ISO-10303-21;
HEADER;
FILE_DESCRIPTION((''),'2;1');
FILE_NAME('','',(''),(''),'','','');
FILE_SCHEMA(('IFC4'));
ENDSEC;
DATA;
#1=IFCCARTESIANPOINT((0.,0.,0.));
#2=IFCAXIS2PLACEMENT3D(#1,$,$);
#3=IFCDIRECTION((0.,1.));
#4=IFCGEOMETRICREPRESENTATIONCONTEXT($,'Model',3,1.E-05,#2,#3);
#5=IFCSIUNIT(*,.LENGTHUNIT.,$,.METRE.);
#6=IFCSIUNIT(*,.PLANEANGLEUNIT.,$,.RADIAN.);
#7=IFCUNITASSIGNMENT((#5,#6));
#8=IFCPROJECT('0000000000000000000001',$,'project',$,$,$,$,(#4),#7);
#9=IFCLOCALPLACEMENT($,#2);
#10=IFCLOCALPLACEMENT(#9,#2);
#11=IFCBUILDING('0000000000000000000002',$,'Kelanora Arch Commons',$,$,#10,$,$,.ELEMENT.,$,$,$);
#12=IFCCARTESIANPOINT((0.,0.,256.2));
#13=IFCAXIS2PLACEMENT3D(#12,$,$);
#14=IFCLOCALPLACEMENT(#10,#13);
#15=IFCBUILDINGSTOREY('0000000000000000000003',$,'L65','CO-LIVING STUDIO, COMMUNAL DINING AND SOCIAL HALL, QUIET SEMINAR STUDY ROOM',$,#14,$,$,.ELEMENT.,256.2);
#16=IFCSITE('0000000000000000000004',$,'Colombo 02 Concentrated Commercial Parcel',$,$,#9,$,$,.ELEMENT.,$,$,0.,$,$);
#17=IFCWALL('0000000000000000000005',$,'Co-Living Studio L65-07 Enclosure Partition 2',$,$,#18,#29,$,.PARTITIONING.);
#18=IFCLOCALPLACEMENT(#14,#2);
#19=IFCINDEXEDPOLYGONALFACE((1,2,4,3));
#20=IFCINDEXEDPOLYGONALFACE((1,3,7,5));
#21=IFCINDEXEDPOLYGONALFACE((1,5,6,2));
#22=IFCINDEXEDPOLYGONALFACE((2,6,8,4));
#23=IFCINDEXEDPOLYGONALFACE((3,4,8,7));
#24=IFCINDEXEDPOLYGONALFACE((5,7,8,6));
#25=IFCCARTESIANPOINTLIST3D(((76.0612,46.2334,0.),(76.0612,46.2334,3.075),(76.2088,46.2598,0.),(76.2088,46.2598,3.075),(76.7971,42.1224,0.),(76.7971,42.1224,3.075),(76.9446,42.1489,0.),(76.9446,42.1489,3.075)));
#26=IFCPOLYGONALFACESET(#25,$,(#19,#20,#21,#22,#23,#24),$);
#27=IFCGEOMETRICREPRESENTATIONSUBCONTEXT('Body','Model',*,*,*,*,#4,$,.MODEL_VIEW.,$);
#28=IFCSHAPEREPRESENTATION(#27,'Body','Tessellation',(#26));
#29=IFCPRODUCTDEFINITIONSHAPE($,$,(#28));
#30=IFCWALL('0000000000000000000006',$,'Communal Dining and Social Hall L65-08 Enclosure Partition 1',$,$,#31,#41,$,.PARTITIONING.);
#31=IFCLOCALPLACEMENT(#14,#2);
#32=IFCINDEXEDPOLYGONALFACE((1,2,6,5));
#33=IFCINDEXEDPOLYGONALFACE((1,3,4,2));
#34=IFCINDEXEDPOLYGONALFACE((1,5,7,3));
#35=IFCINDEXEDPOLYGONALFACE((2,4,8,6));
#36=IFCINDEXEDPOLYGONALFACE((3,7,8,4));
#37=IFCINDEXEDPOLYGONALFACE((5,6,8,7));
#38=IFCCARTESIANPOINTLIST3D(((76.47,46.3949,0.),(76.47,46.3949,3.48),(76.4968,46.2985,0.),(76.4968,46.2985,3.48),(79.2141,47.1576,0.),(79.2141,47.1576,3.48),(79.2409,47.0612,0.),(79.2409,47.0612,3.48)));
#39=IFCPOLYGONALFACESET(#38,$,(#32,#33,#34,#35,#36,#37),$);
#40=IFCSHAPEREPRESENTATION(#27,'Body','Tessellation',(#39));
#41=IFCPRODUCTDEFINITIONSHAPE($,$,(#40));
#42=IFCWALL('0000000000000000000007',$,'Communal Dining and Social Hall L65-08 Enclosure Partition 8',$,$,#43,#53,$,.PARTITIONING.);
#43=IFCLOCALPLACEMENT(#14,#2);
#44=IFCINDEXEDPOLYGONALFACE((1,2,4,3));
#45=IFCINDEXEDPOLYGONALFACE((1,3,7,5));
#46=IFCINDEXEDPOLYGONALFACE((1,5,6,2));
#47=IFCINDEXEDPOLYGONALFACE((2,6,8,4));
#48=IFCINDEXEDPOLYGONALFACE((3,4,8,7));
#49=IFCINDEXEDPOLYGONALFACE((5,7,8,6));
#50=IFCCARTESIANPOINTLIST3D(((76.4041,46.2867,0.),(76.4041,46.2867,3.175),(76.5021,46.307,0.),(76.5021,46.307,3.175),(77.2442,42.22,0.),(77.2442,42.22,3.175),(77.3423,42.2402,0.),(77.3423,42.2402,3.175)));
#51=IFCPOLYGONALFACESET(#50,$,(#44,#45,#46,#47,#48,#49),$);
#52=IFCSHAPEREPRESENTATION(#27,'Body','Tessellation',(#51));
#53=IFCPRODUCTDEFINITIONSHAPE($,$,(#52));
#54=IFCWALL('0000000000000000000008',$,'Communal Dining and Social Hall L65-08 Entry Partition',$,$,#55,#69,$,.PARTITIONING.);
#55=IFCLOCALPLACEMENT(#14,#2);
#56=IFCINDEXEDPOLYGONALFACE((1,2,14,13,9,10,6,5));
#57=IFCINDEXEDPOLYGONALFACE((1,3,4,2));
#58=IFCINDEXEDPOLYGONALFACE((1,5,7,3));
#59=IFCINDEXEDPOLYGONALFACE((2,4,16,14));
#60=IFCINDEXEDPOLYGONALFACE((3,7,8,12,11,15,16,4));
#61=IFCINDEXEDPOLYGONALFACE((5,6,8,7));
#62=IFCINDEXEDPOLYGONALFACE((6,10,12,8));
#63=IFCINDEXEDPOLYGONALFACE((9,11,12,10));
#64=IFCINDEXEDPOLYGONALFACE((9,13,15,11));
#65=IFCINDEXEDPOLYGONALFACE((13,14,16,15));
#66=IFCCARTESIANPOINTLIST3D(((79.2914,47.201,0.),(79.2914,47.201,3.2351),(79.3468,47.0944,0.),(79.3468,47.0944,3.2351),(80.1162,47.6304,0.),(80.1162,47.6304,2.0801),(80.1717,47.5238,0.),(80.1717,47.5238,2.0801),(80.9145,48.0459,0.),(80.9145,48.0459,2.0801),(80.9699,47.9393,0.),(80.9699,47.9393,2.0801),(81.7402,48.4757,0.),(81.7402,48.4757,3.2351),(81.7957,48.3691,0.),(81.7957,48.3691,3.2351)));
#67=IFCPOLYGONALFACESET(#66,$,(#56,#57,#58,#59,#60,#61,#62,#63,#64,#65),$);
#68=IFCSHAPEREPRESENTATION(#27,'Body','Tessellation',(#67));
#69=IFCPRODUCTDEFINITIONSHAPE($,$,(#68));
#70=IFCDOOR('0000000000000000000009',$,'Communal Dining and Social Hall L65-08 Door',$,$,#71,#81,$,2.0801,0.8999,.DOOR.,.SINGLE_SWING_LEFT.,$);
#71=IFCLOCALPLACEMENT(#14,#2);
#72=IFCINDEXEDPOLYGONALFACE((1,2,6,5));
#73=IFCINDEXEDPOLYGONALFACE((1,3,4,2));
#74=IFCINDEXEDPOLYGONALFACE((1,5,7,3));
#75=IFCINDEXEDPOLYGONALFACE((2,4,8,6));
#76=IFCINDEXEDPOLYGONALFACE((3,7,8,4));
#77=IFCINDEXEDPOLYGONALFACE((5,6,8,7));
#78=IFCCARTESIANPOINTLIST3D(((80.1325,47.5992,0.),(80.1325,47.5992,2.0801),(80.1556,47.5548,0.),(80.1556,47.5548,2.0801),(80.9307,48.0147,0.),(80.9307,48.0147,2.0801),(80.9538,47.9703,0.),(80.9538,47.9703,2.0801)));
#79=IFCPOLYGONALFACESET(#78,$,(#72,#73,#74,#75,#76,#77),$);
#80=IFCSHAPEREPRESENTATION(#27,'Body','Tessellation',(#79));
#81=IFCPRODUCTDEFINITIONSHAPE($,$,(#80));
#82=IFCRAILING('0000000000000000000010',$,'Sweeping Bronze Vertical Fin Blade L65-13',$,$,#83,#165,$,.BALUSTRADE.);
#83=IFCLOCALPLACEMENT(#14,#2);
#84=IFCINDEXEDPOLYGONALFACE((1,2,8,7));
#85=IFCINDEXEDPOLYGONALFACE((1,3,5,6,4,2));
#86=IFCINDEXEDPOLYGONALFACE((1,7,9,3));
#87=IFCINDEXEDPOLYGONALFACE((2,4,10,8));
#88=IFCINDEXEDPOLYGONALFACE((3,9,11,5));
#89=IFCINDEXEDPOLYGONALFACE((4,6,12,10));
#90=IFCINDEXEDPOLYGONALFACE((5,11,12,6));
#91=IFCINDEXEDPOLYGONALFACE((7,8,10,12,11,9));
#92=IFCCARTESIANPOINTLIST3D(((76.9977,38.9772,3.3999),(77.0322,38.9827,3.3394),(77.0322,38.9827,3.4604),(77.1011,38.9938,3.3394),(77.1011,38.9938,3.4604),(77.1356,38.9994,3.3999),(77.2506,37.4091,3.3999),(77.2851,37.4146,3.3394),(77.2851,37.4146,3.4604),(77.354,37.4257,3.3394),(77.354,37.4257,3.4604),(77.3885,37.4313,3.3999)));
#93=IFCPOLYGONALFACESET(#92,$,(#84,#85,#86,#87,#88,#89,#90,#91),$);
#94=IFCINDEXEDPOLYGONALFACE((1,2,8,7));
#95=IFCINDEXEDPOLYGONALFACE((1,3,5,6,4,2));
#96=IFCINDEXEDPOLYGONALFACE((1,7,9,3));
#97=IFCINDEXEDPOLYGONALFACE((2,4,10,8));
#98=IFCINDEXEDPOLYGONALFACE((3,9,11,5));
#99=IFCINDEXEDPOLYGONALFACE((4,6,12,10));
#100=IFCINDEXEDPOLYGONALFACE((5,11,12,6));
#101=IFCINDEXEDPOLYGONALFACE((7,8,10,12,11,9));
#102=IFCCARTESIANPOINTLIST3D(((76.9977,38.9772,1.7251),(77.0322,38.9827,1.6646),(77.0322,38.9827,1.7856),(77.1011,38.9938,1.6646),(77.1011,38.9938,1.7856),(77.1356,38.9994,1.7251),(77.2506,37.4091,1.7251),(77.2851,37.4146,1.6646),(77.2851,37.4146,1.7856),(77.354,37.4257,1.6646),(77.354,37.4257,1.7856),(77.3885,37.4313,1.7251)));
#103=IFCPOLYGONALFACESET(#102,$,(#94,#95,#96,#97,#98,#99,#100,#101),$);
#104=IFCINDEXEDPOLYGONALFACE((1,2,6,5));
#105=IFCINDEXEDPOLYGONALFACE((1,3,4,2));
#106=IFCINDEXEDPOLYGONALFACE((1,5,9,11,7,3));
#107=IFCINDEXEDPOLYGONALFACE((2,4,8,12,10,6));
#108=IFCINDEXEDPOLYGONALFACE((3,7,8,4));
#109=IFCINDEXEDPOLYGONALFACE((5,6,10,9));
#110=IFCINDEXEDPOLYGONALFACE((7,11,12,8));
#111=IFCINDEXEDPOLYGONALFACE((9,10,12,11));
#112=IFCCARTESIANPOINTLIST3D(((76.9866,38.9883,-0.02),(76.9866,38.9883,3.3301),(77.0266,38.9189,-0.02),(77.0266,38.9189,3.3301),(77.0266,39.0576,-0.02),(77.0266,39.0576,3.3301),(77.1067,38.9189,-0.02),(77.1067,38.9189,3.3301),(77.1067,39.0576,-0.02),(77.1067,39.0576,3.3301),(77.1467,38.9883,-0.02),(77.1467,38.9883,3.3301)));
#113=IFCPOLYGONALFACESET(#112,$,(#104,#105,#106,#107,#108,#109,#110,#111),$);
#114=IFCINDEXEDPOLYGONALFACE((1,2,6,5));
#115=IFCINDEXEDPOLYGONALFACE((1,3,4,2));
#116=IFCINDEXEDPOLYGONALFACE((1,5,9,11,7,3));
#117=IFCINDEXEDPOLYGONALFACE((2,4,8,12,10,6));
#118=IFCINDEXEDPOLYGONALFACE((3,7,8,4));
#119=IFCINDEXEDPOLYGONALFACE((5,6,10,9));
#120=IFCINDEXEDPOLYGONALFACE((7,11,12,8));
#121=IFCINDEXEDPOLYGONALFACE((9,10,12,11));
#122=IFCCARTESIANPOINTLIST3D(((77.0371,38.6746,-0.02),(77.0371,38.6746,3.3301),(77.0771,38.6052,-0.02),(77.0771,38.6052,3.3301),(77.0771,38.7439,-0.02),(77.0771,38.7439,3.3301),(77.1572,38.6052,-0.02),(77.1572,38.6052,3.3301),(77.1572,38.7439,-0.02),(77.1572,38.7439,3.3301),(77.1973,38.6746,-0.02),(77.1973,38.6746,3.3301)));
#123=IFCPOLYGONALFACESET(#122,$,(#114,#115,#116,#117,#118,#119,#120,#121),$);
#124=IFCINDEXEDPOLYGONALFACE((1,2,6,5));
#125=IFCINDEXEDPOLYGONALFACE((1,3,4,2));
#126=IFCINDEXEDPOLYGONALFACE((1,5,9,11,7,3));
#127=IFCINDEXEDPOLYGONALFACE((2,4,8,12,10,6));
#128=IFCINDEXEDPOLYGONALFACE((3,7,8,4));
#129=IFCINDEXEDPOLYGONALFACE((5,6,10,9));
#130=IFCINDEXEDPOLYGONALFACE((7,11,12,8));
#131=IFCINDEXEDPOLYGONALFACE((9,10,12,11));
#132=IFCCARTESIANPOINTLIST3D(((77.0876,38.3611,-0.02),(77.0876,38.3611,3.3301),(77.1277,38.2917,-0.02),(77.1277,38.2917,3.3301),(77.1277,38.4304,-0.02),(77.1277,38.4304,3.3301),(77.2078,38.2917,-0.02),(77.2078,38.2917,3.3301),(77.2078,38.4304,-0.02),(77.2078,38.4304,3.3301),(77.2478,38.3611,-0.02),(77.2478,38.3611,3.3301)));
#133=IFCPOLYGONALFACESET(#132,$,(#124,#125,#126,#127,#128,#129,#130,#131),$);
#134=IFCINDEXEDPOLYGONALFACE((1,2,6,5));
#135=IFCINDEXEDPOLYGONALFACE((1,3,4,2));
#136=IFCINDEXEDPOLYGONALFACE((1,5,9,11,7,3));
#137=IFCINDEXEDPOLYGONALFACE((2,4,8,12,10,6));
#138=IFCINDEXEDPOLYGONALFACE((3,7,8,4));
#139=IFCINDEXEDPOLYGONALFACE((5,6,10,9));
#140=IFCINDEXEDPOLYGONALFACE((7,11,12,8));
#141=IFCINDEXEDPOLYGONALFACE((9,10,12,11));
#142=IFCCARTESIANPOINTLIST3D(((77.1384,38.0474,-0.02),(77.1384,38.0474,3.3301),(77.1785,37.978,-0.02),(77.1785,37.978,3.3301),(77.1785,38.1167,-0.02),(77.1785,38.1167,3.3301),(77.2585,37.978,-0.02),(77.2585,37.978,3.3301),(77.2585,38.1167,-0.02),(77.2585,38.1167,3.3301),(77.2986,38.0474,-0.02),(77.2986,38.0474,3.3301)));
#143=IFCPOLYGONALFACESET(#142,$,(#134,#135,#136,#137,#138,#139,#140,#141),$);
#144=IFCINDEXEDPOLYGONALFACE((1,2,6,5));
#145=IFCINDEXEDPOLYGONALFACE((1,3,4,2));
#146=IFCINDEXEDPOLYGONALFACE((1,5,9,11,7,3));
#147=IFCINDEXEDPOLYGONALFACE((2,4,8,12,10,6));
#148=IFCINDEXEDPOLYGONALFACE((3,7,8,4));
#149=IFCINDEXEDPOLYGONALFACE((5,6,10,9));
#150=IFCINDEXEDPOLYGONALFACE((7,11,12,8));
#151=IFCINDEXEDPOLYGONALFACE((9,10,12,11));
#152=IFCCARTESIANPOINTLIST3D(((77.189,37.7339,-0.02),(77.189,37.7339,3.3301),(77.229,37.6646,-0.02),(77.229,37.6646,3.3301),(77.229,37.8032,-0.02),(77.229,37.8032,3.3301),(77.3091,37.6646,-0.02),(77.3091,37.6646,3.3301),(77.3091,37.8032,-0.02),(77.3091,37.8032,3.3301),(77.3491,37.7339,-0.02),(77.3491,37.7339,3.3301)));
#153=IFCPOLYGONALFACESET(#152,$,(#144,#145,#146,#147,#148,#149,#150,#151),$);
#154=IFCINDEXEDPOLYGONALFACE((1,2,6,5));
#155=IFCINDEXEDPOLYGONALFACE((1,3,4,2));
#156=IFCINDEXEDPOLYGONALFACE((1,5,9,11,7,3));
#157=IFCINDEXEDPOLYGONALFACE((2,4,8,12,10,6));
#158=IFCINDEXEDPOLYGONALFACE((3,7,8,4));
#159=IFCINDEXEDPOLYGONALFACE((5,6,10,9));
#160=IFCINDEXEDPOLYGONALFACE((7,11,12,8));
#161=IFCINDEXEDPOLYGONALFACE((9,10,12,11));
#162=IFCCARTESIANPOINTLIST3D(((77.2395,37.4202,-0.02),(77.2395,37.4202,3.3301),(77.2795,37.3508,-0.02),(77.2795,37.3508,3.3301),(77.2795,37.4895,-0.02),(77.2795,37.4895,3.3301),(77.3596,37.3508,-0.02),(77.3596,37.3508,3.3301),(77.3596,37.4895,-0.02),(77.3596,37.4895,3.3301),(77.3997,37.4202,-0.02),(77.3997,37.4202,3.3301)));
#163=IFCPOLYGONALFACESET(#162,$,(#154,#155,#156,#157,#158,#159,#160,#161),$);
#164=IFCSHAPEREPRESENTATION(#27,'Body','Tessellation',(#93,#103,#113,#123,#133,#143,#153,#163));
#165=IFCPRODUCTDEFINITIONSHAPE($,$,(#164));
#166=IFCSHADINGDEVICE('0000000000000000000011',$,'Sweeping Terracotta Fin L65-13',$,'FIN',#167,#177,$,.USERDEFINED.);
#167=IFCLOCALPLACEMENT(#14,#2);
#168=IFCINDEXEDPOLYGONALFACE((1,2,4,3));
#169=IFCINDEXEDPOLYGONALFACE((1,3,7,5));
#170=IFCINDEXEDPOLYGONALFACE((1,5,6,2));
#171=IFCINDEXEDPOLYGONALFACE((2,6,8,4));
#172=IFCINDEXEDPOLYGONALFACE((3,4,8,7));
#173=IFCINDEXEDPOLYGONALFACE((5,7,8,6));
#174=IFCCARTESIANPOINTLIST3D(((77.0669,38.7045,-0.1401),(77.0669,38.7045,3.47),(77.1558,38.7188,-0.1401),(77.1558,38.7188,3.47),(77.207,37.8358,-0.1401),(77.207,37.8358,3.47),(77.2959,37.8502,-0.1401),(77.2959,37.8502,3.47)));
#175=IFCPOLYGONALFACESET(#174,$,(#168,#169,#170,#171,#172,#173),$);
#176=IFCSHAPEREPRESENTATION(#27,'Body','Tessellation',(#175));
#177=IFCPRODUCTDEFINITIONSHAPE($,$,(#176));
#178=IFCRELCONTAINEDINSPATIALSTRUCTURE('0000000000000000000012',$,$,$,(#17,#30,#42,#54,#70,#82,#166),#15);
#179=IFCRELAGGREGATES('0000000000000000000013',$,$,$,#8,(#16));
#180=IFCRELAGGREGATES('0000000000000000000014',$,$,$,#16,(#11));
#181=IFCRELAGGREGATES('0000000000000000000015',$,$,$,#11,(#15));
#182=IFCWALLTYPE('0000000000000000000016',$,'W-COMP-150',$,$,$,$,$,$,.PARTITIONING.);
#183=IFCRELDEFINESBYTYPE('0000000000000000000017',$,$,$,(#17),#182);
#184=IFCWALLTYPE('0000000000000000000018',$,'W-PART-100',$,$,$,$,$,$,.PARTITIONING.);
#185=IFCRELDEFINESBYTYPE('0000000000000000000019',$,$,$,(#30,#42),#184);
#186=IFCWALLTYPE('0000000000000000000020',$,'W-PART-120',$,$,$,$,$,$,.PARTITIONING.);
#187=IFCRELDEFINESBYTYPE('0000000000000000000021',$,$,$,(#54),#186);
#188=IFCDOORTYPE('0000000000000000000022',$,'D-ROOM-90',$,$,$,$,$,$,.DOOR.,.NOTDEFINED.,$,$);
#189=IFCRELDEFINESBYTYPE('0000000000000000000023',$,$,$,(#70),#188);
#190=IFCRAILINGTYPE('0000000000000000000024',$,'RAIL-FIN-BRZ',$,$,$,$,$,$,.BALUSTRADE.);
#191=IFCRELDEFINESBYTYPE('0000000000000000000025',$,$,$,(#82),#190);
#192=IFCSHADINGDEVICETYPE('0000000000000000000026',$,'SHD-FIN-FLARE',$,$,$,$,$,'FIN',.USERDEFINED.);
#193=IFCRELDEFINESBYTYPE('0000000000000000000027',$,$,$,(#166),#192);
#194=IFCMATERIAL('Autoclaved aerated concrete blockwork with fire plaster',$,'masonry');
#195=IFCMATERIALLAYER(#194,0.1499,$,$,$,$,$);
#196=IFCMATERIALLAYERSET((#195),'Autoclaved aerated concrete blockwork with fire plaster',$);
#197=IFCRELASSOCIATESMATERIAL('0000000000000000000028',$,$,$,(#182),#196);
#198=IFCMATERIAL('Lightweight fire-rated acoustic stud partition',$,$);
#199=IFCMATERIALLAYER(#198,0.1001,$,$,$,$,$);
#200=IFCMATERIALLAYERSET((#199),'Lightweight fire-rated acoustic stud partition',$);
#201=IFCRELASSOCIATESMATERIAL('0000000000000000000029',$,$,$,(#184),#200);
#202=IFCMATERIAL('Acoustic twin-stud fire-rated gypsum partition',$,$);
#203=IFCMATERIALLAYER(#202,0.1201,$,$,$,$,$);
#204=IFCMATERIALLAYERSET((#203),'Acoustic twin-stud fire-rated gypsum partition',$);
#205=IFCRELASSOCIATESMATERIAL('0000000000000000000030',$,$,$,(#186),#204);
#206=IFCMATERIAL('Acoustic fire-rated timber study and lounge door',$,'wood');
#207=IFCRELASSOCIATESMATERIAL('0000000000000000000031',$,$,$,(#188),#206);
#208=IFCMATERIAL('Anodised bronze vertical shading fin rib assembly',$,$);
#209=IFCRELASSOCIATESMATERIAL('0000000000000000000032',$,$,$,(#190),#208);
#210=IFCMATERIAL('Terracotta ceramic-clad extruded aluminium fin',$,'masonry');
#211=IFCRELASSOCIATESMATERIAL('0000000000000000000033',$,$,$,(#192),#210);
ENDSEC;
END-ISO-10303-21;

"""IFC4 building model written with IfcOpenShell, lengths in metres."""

from ifc_helpers import new_model, si_unit, direction, frame, frame_2d, origin, origin_2d, place, context, subcontext, project, spatial, polyline, rectangle, outline, extrude, source, transform, mapped, material, layer, layer_set, type_object, element, fill, save


model = new_model("IFC4")

# Units and contexts
model_context = context("Model", 3, precision=1e-05, world=origin(), true_north=direction((0.0, 1.0)))
body_context = subcontext(model_context, "Body", "Model", "MODEL_VIEW")
ifc_project = project(units=[si_unit("LENGTHUNIT", "METRE"), si_unit("PLANEANGLEUNIT", "RADIAN")], contexts=[model_context])

# Site, building, storey
site_placement = place(None, origin())
site = spatial("IfcSite", under=ifc_project, at=site_placement, Name="Colombo 02 Concentrated Commercial Parcel", CompositionType="ELEMENT", RefElevation=0.0)
building_placement = place(site_placement, origin())
building = spatial("IfcBuilding", under=site, at=building_placement, Name="Kelanora Arch Commons", CompositionType="ELEMENT")
storey_placement = place(building_placement, frame((0.0, 0.0, 256.2)))
storey = spatial("IfcBuildingStorey", under=building, at=storey_placement, Name="L65", Description="CO-LIVING STUDIO, COMMUNAL DINING AND SOCIAL HALL, QUIET SEMINAR STUDY ROOM", CompositionType="ELEMENT", Elevation=256.2)

# Walls
ifc_material_1 = material(Name="Autoclaved aerated concrete blockwork with fire plaster", Category="masonry")
ifc_layer_1 = layer(ifc_material_1, 0.1499)
ifc_layer_set_1 = layer_set([ifc_layer_1], Name="Autoclaved aerated concrete blockwork with fire plaster")
wall_type_1 = type_object("IfcWallType", Name="W-COMP-150", PredefinedType="PARTITIONING", material=ifc_layer_set_1)
wall_1_placement = place(storey_placement, frame((76.135, 46.2466, 0.0), z_axis=(0.0, 0.0, 1.0), x_axis=(0.176199, -0.984355, 0.0)))
element("IfcWall", 1, at=wall_1_placement, inside=storey, type_object=wall_type_1, Name="Co-Living Studio L65-07 Enclosure Partition 2", PredefinedType="PARTITIONING", context=body_context, shape_type="SweptSolid", body=[
    extrude(rectangle(XDim=4.1763, YDim=0.1499, at=frame_2d((2.0881, 0.0))), origin(), (0.0, 0.0, 1.0), 3.075),
])
ifc_material_2 = material(Name="Lightweight fire-rated acoustic stud partition")
ifc_layer_2 = layer(ifc_material_2, 0.1001)
ifc_layer_set_2 = layer_set([ifc_layer_2], Name="Lightweight fire-rated acoustic stud partition")
wall_type_2 = type_object("IfcWallType", Name="W-PART-100", PredefinedType="PARTITIONING", material=ifc_layer_set_2)
wall_2_placement = place(storey_placement, frame((76.4834, 46.3467, 0.0), z_axis=(0.0, 0.0, 1.0), x_axis=(0.963479, 0.267785, 0.0)))
element("IfcWall", 2, at=wall_2_placement, inside=storey, type_object=wall_type_2, Name="Communal Dining and Social Hall L65-08 Enclosure Partition 1", PredefinedType="PARTITIONING", context=body_context, shape_type="SweptSolid", body=[
    extrude(rectangle(XDim=2.8481, YDim=0.1001, at=frame_2d((1.4241, 0.0))), origin(), (0.0, 0.0, 1.0), 3.48),
])
wall_3_placement = place(storey_placement, frame((77.2932, 42.2302, 0.0), z_axis=(0.0, 0.0, 1.0), x_axis=(-0.202308, 0.979322, 0.0)))
element("IfcWall", 3, at=wall_3_placement, inside=storey, type_object=wall_type_2, Name="Communal Dining and Social Hall L65-08 Enclosure Partition 8", PredefinedType="PARTITIONING", context=body_context, shape_type="SweptSolid", body=[
    extrude(rectangle(XDim=4.1526, YDim=0.1001, at=frame_2d((2.0762, 0.0))), origin(), (0.0, 0.0, 1.0), 3.175),
])

# Wall, opening, door
ifc_material_3 = material(Name="Acoustic twin-stud fire-rated gypsum partition")
ifc_layer_3 = layer(ifc_material_3, 0.1201)
ifc_layer_set_3 = layer_set([ifc_layer_3], Name="Acoustic twin-stud fire-rated gypsum partition")
wall_type_3 = type_object("IfcWallType", Name="W-PART-120", PredefinedType="PARTITIONING", material=ifc_layer_set_3)
wall_4_placement = place(storey_placement, frame((79.3191, 47.1477, 0.0), z_axis=(0.0, 0.0, 1.0), x_axis=(0.887021, 0.461729, 0.0)))
wall_4 = element("IfcWall", 4, at=wall_4_placement, inside=storey, type_object=wall_type_3, Name="Communal Dining and Social Hall L65-08 Entry Partition", PredefinedType="PARTITIONING", context=body_context, shape_type="SweptSolid", body=[
    extrude(rectangle(XDim=2.7607, YDim=0.1201, at=frame_2d((1.3804, 0.0))), origin(), (0.0, 0.0, 1.0), 3.2351),
])
opening_placement = place(wall_4_placement, frame((0.9299, 0.0, 0.0)))
opening = element("IfcOpeningElement", 5, at=opening_placement, cuts=wall_4, PredefinedType="OPENING", context=body_context, shape_type="SweptSolid", body=[
    extrude(rectangle(XDim=0.8999, YDim=2.0801, at=frame_2d((0.45, 1.04))), frame((0.0, 0.0701, 0.0), z_axis=(0.0, -1.0, 0.0), x_axis=(1.0, 0.0, 0.0)), (0.0, 0.0, 1.0), 0.1401),
])
ifc_material_4 = material(Name="Acoustic fire-rated timber study and lounge door", Category="wood")
door_type = type_object("IfcDoorType", Name="D-ROOM-90", OperationType="NOTDEFINED", PredefinedType="DOOR", material=ifc_material_4)
door_placement = place(opening_placement, origin())
door = element("IfcDoor", 6, at=door_placement, inside=storey, type_object=door_type, Name="Communal Dining and Social Hall L65-08 Door", OperationType="SINGLE_SWING_LEFT", OverallHeight=2.0801, OverallWidth=0.8999, PredefinedType="DOOR", context=body_context, shape_type="SweptSolid", body=[
    extrude(rectangle(XDim=0.8999, YDim=2.0801, at=frame_2d((0.45, 1.04))), frame((0.0, 0.0249, 0.0), z_axis=(0.0, -1.0, 0.0), x_axis=(1.0, 0.0, 0.0)), (0.0, 0.0, 1.0), 0.05),
])
fill(opening, door)

# Railing
ifc_material_5 = material(Name="Anodised bronze vertical shading fin rib assembly")
railing_type = type_object("IfcRailingType", Name="RAIL-FIN-BRZ", PredefinedType="BALUSTRADE", material=ifc_material_5)
railing_placement = place(storey_placement, frame((77.0667, 38.9883, -0.02)))
element("IfcRailing", 7, at=railing_placement, inside=storey, type_object=railing_type, Name="Sweeping Bronze Vertical Fin Blade L65-13", PredefinedType="BALUSTRADE", context=body_context, shape_type="SweptSolid", body=[
    extrude(outline(polyline([(0.0698, 0.0), (0.0349, 0.0605), (-0.0349, 0.0605), (-0.0698, 0.0), (-0.0349, -0.0605), (0.0349, -0.0605), (0.0698, 0.0)])), frame((0.0, 0.0, 3.4199), z_axis=(0.159237, -0.98724, 0.0), x_axis=(0.98724, 0.159237, 0.0)), (0.0, 0.0, 1.0), 1.5884),
    extrude(outline(polyline([(0.0698, 0.0), (0.0349, 0.0605), (-0.0349, 0.0605), (-0.0698, 0.0), (-0.0349, -0.0605), (0.0349, -0.0605), (0.0698, 0.0)])), frame((0.0, 0.0, 1.7451), z_axis=(0.159237, -0.98724, 0.0), x_axis=(0.98724, 0.159237, 0.0)), (0.0, 0.0, 1.0), 1.5884),
    extrude(outline(polyline([(0.0801, 0.0), (0.04, 0.0693), (-0.04, 0.0693), (-0.0801, 0.0), (-0.04, -0.0693), (0.04, -0.0693), (0.0801, 0.0)])), origin(), (0.0, 0.0, 1.0), 3.3501),
    extrude(outline(polyline([(0.0801, 0.0), (0.04, 0.0693), (-0.04, 0.0693), (-0.0801, 0.0), (-0.04, -0.0693), (0.04, -0.0693), (0.0801, 0.0)])), frame((0.0505, -0.3137, 0.0)), (0.0, 0.0, 1.0), 3.3501),
    extrude(outline(polyline([(0.0801, 0.0), (0.04, 0.0693), (-0.04, 0.0693), (-0.0801, 0.0), (-0.04, -0.0693), (0.04, -0.0693), (0.0801, 0.0)])), frame((0.1011, -0.6272, 0.0)), (0.0, 0.0, 1.0), 3.3501),
    extrude(outline(polyline([(0.0801, 0.0), (0.04, 0.0693), (-0.04, 0.0693), (-0.0801, 0.0), (-0.04, -0.0693), (0.04, -0.0693), (0.0801, 0.0)])), frame((0.1519, -0.9409, 0.0)), (0.0, 0.0, 1.0), 3.3501),
    extrude(outline(polyline([(0.0801, 0.0), (0.04, 0.0693), (-0.04, 0.0693), (-0.0801, 0.0), (-0.04, -0.0693), (0.04, -0.0693), (0.0801, 0.0)])), frame((0.2024, -1.2544, 0.0)), (0.0, 0.0, 1.0), 3.3501),
    extrude(outline(polyline([(0.0801, 0.0), (0.04, 0.0693), (-0.04, 0.0693), (-0.0801, 0.0), (-0.04, -0.0693), (0.04, -0.0693), (0.0801, 0.0)])), frame((0.2529, -1.5681, 0.0)), (0.0, 0.0, 1.0), 3.3501),
])

# Shading device
ifc_material_6 = material(Name="Terracotta ceramic-clad extruded aluminium fin", Category="masonry")
shading_device_type = type_object("IfcShadingDeviceType", Name="SHD-FIN-FLARE", ElementType="FIN", PredefinedType="USERDEFINED", material=ifc_material_6)
shared_shape_1 = source(origin(), body_context, "Body", "SweptSolid", [
    extrude(rectangle(XDim=0.8799, YDim=0.0901, at=origin_2d()), origin(), (0.0, 0.0, 1.0), 3.6101),
])
shading_device_placement = place(storey_placement, frame((77.1814, 38.2773, -0.1401), z_axis=(0.0, 0.0, 1.0), x_axis=(0.159192, -0.987248, 0.0)))
element("IfcShadingDevice", 8, at=shading_device_placement, inside=storey, type_object=shading_device_type, Name="Sweeping Terracotta Fin L65-13", ObjectType="FIN", PredefinedType="USERDEFINED", context=body_context, shape_type="MappedRepresentation", body=[
    mapped(shared_shape_1, transform((0.0, 0.0, 0.0), scale=1.0)),
])

save(model, "model.ifc")
